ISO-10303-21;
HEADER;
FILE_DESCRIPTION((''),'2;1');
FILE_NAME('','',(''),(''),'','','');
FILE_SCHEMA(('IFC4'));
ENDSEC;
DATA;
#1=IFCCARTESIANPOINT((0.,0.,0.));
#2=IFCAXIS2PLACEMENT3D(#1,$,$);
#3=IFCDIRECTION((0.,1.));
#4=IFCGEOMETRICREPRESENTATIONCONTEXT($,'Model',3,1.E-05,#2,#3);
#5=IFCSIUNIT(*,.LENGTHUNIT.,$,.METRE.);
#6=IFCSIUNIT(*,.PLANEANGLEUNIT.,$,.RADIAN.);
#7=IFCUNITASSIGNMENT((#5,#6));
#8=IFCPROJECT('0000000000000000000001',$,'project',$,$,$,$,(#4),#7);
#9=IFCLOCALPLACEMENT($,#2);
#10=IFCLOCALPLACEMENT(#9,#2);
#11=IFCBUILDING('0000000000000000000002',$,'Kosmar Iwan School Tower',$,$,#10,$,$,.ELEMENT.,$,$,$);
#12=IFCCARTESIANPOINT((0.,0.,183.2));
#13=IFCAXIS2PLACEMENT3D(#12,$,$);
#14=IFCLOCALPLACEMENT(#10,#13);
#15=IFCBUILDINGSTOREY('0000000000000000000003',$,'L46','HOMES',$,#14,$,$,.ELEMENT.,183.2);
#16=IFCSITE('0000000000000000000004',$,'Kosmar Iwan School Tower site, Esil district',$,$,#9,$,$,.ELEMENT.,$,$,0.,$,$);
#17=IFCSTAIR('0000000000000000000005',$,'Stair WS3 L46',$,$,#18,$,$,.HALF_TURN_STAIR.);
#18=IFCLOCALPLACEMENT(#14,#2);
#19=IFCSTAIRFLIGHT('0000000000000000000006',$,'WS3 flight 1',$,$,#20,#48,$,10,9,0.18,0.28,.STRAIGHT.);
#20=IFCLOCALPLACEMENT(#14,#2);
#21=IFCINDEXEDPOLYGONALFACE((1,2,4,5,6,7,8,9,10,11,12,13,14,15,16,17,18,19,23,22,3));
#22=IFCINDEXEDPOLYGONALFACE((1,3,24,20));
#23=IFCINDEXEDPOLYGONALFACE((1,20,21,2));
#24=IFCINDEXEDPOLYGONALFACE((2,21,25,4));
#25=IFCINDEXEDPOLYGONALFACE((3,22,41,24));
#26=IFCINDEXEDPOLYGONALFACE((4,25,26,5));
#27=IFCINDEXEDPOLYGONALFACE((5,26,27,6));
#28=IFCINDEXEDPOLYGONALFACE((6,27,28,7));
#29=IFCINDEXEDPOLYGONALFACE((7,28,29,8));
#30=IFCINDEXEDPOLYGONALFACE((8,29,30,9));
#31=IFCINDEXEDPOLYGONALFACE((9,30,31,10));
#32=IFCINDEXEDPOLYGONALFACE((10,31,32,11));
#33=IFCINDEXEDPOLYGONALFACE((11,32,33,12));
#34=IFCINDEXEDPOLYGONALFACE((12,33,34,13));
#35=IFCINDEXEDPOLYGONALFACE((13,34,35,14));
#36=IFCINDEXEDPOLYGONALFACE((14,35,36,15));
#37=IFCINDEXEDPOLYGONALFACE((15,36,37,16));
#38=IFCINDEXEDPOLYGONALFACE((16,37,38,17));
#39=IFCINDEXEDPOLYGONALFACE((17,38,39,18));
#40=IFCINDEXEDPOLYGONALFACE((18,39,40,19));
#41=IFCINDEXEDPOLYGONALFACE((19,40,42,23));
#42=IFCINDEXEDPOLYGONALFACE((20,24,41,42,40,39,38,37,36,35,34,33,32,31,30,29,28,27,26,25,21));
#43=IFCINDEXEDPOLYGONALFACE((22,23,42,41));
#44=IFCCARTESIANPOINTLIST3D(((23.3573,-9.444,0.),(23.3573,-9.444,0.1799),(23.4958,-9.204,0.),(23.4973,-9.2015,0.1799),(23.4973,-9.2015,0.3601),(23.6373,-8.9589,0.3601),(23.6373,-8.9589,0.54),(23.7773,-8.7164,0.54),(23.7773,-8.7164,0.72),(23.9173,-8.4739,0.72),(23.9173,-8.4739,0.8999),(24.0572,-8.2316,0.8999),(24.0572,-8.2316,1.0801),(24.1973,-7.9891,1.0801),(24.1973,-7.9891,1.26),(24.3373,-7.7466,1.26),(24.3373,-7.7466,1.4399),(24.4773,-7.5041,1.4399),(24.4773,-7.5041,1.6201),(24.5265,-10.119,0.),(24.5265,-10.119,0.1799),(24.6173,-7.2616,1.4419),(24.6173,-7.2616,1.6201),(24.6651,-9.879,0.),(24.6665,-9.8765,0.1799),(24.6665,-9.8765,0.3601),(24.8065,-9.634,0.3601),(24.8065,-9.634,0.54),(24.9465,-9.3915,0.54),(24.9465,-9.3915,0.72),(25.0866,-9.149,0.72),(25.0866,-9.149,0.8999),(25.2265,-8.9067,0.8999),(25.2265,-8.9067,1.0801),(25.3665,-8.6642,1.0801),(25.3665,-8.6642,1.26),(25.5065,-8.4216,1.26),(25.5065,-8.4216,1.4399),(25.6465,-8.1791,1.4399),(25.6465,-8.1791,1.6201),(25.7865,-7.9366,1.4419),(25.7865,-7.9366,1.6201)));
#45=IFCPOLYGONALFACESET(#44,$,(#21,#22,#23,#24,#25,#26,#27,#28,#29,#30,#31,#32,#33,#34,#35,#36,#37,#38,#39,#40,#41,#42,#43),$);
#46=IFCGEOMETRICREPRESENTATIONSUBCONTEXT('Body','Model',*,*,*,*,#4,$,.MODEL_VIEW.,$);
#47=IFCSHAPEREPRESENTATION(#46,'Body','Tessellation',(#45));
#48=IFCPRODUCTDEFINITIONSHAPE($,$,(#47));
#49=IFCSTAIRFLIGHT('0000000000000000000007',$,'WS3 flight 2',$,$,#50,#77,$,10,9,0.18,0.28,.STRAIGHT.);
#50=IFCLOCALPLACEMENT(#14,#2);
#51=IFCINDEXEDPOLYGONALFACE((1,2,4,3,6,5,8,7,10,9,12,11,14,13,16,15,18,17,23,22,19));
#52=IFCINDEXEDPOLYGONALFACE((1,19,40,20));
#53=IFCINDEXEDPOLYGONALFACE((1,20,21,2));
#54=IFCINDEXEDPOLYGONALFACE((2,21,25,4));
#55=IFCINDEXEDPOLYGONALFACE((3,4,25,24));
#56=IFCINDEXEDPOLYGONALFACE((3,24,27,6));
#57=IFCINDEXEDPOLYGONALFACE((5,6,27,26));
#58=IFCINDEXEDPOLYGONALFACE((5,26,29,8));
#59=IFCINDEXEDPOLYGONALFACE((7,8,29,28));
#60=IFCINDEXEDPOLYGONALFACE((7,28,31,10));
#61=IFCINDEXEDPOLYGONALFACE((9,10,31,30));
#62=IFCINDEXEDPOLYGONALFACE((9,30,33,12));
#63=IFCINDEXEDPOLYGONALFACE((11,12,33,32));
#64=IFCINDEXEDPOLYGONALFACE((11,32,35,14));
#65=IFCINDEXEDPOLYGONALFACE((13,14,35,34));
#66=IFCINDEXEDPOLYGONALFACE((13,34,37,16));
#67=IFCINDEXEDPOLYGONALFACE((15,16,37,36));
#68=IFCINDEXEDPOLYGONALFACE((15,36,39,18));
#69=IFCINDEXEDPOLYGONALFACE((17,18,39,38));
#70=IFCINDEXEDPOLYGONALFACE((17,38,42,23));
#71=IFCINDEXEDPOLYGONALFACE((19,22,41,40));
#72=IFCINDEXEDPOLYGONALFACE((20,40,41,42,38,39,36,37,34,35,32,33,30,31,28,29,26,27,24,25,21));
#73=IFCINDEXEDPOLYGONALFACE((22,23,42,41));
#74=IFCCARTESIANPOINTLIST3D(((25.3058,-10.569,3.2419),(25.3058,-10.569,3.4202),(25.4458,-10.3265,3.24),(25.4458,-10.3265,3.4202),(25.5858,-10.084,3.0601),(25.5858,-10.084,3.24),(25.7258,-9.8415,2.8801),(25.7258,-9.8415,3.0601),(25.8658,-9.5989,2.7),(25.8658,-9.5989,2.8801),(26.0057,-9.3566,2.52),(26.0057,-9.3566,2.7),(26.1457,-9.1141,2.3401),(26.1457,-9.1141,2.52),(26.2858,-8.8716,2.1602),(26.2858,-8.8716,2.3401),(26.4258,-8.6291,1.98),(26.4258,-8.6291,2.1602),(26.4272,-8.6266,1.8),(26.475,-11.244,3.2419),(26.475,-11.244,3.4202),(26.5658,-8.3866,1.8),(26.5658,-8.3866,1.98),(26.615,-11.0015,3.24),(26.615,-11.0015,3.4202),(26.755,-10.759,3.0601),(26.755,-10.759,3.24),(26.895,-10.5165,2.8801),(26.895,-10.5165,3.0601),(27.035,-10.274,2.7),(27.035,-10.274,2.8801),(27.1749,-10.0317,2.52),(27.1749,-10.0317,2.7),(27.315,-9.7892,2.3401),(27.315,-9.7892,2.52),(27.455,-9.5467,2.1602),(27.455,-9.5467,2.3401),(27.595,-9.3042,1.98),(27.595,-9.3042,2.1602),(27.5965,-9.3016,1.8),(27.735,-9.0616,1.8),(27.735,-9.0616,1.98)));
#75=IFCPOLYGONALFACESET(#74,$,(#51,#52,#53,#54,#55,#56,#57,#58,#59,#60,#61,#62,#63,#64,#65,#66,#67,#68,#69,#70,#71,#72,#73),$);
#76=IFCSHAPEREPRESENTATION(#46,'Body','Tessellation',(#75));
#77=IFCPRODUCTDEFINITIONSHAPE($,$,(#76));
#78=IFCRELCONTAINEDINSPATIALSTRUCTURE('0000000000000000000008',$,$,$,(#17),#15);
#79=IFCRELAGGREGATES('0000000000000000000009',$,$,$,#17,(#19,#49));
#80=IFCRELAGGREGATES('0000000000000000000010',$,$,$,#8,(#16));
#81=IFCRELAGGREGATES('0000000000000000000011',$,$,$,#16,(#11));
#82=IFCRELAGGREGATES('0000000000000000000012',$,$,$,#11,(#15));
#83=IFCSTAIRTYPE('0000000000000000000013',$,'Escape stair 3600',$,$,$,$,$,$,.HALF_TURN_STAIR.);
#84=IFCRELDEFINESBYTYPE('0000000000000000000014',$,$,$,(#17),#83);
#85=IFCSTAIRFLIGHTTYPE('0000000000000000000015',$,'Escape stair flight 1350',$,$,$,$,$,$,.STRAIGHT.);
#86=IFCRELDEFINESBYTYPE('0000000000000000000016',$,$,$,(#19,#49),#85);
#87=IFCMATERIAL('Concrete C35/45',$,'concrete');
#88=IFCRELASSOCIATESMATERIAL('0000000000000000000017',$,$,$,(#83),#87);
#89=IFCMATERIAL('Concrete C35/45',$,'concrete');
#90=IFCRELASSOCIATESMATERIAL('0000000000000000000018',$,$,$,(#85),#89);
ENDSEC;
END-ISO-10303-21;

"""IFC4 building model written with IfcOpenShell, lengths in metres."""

from ifc_helpers import new_model, si_unit, direction, frame, origin, place, context, subcontext, project, spatial, polyline, outline, extrude, material, type_object, element, aggregate, save


model = new_model("IFC4")

# Units and contexts
model_context = context("Model", 3, precision=1e-05, world=origin(), true_north=direction((0.0, 1.0)))
body_context = subcontext(model_context, "Body", "Model", "MODEL_VIEW")
ifc_project = project(units=[si_unit("LENGTHUNIT", "METRE"), si_unit("PLANEANGLEUNIT", "RADIAN")], contexts=[model_context])

# Site, building, storey
site_placement = place(None, origin())
site = spatial("IfcSite", under=ifc_project, at=site_placement, Name="Kosmar Iwan School Tower site, Esil district", CompositionType="ELEMENT", RefElevation=0.0)
building_placement = place(site_placement, origin())
building = spatial("IfcBuilding", under=site, at=building_placement, Name="Kosmar Iwan School Tower", CompositionType="ELEMENT")
storey_placement = place(building_placement, frame((0.0, 0.0, 183.2)))
storey = spatial("IfcBuildingStorey", under=building, at=storey_placement, Name="L46", Description="HOMES", CompositionType="ELEMENT", Elevation=183.2)

# Stair, stair flights
ifc_material_1 = material(Name="Concrete C35/45", Category="concrete")
stair_type = type_object("IfcStairType", Name="Escape stair 3600", PredefinedType="HALF_TURN_STAIR", material=ifc_material_1)
stair_placement = place(storey_placement, origin())
stair = element("IfcStair", 1, at=stair_placement, inside=storey, type_object=stair_type, Name="Stair WS3 L46", PredefinedType="HALF_TURN_STAIR")
ifc_material_2 = material(Name="Concrete C35/45", Category="concrete")
stair_flight_type = type_object("IfcStairFlightType", Name="Escape stair flight 1350", PredefinedType="STRAIGHT", material=ifc_material_2)
stair_flight_1_placement = place(storey_placement, frame((23.9419, -9.7815, 0.0), z_axis=(0.0, 0.0, 1.0), x_axis=(0.5, 0.866025, 0.0)))
stair_flight_1 = element("IfcStairFlight", 2, at=stair_flight_1_placement, type_object=stair_flight_type, Name="WS3 flight 1", NumberOfRisers=10, NumberOfTreads=9, PredefinedType="STRAIGHT", RiserHeight=0.18, TreadLength=0.28, context=body_context, shape_type="SweptSolid", body=[
    extrude(outline(polyline([(0.0, 0.0), (0.0, 0.1799), (0.28, 0.1799), (0.28, 0.3601), (0.5601, 0.3601), (0.5601, 0.54), (0.8401, 0.54), (0.8401, 0.72), (1.1201, 0.72), (1.1201, 0.8999), (1.3999, 0.8999), (1.3999, 1.0801), (1.6799, 1.0801), (1.6799, 1.26), (1.96, 1.26), (1.96, 1.4399), (2.24, 1.4399), (2.24, 1.6201), (2.52, 1.6201), (2.52, 1.8), (2.52, 1.4419), (0.2771, 0.0), (0.0, 0.0)])), frame((0.0, 0.675, 0.0), z_axis=(0.0, -1.0, 0.0), x_axis=(1.0, 0.0, 0.0)), (0.0, 0.0, 1.0), 1.3501),
])
stair_flight_2_placement = place(storey_placement, frame((27.1504, -8.7241, 1.8), z_axis=(0.0, 0.0, 1.0), x_axis=(-0.5, -0.866025, 0.0)))
stair_flight_2 = element("IfcStairFlight", 3, at=stair_flight_2_placement, type_object=stair_flight_type, Name="WS3 flight 2", NumberOfRisers=10, NumberOfTreads=9, PredefinedType="STRAIGHT", RiserHeight=0.18, TreadLength=0.28, context=body_context, shape_type="SweptSolid", body=[
    extrude(outline(polyline([(0.0, 0.0), (0.0, 0.1799), (0.28, 0.1799), (0.28, 0.3601), (0.5601, 0.3601), (0.5601, 0.54), (0.8401, 0.54), (0.8401, 0.72), (1.1201, 0.72), (1.1201, 0.8999), (1.3999, 0.8999), (1.3999, 1.0801), (1.6799, 1.0801), (1.6799, 1.26), (1.96, 1.26), (1.96, 1.4399), (2.24, 1.4399), (2.24, 1.6201), (2.52, 1.6201), (2.52, 1.8), (2.52, 1.4419), (0.2771, 0.0), (0.0, 0.0)])), frame((0.0, 0.675, 0.0), z_axis=(0.0, -1.0, 0.0), x_axis=(1.0, 0.0, 0.0)), (0.0, 0.0, 1.0), 1.3501),
])
aggregate(stair, [stair_flight_1, stair_flight_2])

save(model, "model.ifc")
